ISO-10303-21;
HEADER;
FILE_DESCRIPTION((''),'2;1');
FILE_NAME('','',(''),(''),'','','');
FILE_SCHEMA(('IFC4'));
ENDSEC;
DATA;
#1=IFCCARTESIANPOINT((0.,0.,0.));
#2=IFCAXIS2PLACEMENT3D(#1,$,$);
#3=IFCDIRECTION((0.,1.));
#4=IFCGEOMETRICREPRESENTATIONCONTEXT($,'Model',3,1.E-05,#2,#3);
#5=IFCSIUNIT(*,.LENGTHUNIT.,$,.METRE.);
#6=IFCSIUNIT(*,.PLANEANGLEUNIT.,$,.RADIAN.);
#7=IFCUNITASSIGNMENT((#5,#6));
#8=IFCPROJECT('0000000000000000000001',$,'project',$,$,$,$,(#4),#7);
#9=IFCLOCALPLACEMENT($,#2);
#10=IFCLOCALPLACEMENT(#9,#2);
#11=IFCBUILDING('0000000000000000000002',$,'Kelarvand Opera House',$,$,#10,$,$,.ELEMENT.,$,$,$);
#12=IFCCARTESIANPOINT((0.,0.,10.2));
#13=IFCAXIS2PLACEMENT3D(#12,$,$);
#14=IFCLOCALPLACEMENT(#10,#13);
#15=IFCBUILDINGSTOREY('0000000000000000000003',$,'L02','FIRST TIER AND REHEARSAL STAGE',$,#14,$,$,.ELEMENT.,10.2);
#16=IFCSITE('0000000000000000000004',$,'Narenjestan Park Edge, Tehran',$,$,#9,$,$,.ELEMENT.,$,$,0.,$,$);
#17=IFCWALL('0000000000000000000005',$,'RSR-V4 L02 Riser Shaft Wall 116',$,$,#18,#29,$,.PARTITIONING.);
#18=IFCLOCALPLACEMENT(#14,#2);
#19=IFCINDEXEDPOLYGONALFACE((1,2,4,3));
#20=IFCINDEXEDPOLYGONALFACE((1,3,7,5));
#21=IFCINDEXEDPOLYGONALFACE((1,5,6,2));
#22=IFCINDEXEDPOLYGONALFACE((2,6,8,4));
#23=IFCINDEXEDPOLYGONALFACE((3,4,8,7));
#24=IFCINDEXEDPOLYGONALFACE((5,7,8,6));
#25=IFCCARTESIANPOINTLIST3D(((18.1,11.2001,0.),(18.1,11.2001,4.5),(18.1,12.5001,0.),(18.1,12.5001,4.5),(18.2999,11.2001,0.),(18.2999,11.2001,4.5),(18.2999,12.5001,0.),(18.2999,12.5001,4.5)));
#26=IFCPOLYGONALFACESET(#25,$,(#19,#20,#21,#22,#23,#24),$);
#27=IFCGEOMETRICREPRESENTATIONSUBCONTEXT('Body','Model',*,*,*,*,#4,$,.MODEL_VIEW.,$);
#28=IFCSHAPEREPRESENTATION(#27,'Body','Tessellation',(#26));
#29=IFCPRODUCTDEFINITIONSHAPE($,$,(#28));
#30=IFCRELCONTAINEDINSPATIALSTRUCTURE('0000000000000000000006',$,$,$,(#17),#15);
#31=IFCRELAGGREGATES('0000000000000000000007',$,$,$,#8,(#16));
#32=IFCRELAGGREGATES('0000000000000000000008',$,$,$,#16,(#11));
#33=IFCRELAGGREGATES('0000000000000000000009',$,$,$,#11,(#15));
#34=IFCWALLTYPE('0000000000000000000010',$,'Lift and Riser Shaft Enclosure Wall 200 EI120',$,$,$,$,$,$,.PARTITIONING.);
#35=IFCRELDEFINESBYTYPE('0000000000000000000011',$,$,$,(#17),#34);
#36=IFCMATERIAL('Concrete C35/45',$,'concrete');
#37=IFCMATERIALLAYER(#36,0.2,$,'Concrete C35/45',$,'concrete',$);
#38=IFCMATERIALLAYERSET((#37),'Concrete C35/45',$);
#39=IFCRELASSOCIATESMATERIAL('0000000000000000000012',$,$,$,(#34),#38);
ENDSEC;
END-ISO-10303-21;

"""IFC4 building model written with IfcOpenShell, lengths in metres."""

from ifc_helpers import new_model, si_unit, direction, frame, frame_2d, origin, place, context, subcontext, project, spatial, rectangle, extrude, material, layer, layer_set, type_object, element, save


model = new_model("IFC4")

# Units and contexts
model_context = context("Model", 3, precision=1e-05, world=origin(), true_north=direction((0.0, 1.0)))
body_context = subcontext(model_context, "Body", "Model", "MODEL_VIEW")
ifc_project = project(units=[si_unit("LENGTHUNIT", "METRE"), si_unit("PLANEANGLEUNIT", "RADIAN")], contexts=[model_context])

# Site, building, storey
site_placement = place(None, origin())
site = spatial("IfcSite", under=ifc_project, at=site_placement, Name="Narenjestan Park Edge, Tehran", CompositionType="ELEMENT", RefElevation=0.0)
building_placement = place(site_placement, origin())
building = spatial("IfcBuilding", under=site, at=building_placement, Name="Kelarvand Opera House", CompositionType="ELEMENT")
storey_placement = place(building_placement, frame((0.0, 0.0, 10.2)))
storey = spatial("IfcBuildingStorey", under=building, at=storey_placement, Name="L02", Description="FIRST TIER AND REHEARSAL STAGE", CompositionType="ELEMENT", Elevation=10.2)

# Shared definitions
ifc_material_1 = material(Name="Concrete C35/45", Category="concrete")

# Wall
ifc_layer_1 = layer(ifc_material_1, 0.2, Name="Concrete C35/45", Category="concrete")
ifc_layer_set_1 = layer_set([ifc_layer_1], Name="Concrete C35/45")
wall_type_1 = type_object("IfcWallType", Name="Lift and Riser Shaft Enclosure Wall 200 EI120", PredefinedType="PARTITIONING", material=ifc_layer_set_1)
for number, where, z_axis, x_axis, name in (
    (1, (18.2, 12.5, 0.0), (0.0, 0.0, 1.0), (0.0, -1.0, 0.0), "RSR-V4 L02 Riser Shaft Wall 116"),
):
    element("IfcWall", number, at=place(storey_placement, frame(where, z_axis=z_axis, x_axis=x_axis)), inside=storey, type_object=wall_type_1, Name=name, PredefinedType="PARTITIONING", context=body_context, shape_type="SweptSolid", body=[
        extrude(rectangle(XDim=1.3, YDim=0.2, at=frame_2d((0.6499, 0.0))), origin(), (0.0, 0.0, 1.0), 4.5),
    ])

save(model, "model.ifc")
